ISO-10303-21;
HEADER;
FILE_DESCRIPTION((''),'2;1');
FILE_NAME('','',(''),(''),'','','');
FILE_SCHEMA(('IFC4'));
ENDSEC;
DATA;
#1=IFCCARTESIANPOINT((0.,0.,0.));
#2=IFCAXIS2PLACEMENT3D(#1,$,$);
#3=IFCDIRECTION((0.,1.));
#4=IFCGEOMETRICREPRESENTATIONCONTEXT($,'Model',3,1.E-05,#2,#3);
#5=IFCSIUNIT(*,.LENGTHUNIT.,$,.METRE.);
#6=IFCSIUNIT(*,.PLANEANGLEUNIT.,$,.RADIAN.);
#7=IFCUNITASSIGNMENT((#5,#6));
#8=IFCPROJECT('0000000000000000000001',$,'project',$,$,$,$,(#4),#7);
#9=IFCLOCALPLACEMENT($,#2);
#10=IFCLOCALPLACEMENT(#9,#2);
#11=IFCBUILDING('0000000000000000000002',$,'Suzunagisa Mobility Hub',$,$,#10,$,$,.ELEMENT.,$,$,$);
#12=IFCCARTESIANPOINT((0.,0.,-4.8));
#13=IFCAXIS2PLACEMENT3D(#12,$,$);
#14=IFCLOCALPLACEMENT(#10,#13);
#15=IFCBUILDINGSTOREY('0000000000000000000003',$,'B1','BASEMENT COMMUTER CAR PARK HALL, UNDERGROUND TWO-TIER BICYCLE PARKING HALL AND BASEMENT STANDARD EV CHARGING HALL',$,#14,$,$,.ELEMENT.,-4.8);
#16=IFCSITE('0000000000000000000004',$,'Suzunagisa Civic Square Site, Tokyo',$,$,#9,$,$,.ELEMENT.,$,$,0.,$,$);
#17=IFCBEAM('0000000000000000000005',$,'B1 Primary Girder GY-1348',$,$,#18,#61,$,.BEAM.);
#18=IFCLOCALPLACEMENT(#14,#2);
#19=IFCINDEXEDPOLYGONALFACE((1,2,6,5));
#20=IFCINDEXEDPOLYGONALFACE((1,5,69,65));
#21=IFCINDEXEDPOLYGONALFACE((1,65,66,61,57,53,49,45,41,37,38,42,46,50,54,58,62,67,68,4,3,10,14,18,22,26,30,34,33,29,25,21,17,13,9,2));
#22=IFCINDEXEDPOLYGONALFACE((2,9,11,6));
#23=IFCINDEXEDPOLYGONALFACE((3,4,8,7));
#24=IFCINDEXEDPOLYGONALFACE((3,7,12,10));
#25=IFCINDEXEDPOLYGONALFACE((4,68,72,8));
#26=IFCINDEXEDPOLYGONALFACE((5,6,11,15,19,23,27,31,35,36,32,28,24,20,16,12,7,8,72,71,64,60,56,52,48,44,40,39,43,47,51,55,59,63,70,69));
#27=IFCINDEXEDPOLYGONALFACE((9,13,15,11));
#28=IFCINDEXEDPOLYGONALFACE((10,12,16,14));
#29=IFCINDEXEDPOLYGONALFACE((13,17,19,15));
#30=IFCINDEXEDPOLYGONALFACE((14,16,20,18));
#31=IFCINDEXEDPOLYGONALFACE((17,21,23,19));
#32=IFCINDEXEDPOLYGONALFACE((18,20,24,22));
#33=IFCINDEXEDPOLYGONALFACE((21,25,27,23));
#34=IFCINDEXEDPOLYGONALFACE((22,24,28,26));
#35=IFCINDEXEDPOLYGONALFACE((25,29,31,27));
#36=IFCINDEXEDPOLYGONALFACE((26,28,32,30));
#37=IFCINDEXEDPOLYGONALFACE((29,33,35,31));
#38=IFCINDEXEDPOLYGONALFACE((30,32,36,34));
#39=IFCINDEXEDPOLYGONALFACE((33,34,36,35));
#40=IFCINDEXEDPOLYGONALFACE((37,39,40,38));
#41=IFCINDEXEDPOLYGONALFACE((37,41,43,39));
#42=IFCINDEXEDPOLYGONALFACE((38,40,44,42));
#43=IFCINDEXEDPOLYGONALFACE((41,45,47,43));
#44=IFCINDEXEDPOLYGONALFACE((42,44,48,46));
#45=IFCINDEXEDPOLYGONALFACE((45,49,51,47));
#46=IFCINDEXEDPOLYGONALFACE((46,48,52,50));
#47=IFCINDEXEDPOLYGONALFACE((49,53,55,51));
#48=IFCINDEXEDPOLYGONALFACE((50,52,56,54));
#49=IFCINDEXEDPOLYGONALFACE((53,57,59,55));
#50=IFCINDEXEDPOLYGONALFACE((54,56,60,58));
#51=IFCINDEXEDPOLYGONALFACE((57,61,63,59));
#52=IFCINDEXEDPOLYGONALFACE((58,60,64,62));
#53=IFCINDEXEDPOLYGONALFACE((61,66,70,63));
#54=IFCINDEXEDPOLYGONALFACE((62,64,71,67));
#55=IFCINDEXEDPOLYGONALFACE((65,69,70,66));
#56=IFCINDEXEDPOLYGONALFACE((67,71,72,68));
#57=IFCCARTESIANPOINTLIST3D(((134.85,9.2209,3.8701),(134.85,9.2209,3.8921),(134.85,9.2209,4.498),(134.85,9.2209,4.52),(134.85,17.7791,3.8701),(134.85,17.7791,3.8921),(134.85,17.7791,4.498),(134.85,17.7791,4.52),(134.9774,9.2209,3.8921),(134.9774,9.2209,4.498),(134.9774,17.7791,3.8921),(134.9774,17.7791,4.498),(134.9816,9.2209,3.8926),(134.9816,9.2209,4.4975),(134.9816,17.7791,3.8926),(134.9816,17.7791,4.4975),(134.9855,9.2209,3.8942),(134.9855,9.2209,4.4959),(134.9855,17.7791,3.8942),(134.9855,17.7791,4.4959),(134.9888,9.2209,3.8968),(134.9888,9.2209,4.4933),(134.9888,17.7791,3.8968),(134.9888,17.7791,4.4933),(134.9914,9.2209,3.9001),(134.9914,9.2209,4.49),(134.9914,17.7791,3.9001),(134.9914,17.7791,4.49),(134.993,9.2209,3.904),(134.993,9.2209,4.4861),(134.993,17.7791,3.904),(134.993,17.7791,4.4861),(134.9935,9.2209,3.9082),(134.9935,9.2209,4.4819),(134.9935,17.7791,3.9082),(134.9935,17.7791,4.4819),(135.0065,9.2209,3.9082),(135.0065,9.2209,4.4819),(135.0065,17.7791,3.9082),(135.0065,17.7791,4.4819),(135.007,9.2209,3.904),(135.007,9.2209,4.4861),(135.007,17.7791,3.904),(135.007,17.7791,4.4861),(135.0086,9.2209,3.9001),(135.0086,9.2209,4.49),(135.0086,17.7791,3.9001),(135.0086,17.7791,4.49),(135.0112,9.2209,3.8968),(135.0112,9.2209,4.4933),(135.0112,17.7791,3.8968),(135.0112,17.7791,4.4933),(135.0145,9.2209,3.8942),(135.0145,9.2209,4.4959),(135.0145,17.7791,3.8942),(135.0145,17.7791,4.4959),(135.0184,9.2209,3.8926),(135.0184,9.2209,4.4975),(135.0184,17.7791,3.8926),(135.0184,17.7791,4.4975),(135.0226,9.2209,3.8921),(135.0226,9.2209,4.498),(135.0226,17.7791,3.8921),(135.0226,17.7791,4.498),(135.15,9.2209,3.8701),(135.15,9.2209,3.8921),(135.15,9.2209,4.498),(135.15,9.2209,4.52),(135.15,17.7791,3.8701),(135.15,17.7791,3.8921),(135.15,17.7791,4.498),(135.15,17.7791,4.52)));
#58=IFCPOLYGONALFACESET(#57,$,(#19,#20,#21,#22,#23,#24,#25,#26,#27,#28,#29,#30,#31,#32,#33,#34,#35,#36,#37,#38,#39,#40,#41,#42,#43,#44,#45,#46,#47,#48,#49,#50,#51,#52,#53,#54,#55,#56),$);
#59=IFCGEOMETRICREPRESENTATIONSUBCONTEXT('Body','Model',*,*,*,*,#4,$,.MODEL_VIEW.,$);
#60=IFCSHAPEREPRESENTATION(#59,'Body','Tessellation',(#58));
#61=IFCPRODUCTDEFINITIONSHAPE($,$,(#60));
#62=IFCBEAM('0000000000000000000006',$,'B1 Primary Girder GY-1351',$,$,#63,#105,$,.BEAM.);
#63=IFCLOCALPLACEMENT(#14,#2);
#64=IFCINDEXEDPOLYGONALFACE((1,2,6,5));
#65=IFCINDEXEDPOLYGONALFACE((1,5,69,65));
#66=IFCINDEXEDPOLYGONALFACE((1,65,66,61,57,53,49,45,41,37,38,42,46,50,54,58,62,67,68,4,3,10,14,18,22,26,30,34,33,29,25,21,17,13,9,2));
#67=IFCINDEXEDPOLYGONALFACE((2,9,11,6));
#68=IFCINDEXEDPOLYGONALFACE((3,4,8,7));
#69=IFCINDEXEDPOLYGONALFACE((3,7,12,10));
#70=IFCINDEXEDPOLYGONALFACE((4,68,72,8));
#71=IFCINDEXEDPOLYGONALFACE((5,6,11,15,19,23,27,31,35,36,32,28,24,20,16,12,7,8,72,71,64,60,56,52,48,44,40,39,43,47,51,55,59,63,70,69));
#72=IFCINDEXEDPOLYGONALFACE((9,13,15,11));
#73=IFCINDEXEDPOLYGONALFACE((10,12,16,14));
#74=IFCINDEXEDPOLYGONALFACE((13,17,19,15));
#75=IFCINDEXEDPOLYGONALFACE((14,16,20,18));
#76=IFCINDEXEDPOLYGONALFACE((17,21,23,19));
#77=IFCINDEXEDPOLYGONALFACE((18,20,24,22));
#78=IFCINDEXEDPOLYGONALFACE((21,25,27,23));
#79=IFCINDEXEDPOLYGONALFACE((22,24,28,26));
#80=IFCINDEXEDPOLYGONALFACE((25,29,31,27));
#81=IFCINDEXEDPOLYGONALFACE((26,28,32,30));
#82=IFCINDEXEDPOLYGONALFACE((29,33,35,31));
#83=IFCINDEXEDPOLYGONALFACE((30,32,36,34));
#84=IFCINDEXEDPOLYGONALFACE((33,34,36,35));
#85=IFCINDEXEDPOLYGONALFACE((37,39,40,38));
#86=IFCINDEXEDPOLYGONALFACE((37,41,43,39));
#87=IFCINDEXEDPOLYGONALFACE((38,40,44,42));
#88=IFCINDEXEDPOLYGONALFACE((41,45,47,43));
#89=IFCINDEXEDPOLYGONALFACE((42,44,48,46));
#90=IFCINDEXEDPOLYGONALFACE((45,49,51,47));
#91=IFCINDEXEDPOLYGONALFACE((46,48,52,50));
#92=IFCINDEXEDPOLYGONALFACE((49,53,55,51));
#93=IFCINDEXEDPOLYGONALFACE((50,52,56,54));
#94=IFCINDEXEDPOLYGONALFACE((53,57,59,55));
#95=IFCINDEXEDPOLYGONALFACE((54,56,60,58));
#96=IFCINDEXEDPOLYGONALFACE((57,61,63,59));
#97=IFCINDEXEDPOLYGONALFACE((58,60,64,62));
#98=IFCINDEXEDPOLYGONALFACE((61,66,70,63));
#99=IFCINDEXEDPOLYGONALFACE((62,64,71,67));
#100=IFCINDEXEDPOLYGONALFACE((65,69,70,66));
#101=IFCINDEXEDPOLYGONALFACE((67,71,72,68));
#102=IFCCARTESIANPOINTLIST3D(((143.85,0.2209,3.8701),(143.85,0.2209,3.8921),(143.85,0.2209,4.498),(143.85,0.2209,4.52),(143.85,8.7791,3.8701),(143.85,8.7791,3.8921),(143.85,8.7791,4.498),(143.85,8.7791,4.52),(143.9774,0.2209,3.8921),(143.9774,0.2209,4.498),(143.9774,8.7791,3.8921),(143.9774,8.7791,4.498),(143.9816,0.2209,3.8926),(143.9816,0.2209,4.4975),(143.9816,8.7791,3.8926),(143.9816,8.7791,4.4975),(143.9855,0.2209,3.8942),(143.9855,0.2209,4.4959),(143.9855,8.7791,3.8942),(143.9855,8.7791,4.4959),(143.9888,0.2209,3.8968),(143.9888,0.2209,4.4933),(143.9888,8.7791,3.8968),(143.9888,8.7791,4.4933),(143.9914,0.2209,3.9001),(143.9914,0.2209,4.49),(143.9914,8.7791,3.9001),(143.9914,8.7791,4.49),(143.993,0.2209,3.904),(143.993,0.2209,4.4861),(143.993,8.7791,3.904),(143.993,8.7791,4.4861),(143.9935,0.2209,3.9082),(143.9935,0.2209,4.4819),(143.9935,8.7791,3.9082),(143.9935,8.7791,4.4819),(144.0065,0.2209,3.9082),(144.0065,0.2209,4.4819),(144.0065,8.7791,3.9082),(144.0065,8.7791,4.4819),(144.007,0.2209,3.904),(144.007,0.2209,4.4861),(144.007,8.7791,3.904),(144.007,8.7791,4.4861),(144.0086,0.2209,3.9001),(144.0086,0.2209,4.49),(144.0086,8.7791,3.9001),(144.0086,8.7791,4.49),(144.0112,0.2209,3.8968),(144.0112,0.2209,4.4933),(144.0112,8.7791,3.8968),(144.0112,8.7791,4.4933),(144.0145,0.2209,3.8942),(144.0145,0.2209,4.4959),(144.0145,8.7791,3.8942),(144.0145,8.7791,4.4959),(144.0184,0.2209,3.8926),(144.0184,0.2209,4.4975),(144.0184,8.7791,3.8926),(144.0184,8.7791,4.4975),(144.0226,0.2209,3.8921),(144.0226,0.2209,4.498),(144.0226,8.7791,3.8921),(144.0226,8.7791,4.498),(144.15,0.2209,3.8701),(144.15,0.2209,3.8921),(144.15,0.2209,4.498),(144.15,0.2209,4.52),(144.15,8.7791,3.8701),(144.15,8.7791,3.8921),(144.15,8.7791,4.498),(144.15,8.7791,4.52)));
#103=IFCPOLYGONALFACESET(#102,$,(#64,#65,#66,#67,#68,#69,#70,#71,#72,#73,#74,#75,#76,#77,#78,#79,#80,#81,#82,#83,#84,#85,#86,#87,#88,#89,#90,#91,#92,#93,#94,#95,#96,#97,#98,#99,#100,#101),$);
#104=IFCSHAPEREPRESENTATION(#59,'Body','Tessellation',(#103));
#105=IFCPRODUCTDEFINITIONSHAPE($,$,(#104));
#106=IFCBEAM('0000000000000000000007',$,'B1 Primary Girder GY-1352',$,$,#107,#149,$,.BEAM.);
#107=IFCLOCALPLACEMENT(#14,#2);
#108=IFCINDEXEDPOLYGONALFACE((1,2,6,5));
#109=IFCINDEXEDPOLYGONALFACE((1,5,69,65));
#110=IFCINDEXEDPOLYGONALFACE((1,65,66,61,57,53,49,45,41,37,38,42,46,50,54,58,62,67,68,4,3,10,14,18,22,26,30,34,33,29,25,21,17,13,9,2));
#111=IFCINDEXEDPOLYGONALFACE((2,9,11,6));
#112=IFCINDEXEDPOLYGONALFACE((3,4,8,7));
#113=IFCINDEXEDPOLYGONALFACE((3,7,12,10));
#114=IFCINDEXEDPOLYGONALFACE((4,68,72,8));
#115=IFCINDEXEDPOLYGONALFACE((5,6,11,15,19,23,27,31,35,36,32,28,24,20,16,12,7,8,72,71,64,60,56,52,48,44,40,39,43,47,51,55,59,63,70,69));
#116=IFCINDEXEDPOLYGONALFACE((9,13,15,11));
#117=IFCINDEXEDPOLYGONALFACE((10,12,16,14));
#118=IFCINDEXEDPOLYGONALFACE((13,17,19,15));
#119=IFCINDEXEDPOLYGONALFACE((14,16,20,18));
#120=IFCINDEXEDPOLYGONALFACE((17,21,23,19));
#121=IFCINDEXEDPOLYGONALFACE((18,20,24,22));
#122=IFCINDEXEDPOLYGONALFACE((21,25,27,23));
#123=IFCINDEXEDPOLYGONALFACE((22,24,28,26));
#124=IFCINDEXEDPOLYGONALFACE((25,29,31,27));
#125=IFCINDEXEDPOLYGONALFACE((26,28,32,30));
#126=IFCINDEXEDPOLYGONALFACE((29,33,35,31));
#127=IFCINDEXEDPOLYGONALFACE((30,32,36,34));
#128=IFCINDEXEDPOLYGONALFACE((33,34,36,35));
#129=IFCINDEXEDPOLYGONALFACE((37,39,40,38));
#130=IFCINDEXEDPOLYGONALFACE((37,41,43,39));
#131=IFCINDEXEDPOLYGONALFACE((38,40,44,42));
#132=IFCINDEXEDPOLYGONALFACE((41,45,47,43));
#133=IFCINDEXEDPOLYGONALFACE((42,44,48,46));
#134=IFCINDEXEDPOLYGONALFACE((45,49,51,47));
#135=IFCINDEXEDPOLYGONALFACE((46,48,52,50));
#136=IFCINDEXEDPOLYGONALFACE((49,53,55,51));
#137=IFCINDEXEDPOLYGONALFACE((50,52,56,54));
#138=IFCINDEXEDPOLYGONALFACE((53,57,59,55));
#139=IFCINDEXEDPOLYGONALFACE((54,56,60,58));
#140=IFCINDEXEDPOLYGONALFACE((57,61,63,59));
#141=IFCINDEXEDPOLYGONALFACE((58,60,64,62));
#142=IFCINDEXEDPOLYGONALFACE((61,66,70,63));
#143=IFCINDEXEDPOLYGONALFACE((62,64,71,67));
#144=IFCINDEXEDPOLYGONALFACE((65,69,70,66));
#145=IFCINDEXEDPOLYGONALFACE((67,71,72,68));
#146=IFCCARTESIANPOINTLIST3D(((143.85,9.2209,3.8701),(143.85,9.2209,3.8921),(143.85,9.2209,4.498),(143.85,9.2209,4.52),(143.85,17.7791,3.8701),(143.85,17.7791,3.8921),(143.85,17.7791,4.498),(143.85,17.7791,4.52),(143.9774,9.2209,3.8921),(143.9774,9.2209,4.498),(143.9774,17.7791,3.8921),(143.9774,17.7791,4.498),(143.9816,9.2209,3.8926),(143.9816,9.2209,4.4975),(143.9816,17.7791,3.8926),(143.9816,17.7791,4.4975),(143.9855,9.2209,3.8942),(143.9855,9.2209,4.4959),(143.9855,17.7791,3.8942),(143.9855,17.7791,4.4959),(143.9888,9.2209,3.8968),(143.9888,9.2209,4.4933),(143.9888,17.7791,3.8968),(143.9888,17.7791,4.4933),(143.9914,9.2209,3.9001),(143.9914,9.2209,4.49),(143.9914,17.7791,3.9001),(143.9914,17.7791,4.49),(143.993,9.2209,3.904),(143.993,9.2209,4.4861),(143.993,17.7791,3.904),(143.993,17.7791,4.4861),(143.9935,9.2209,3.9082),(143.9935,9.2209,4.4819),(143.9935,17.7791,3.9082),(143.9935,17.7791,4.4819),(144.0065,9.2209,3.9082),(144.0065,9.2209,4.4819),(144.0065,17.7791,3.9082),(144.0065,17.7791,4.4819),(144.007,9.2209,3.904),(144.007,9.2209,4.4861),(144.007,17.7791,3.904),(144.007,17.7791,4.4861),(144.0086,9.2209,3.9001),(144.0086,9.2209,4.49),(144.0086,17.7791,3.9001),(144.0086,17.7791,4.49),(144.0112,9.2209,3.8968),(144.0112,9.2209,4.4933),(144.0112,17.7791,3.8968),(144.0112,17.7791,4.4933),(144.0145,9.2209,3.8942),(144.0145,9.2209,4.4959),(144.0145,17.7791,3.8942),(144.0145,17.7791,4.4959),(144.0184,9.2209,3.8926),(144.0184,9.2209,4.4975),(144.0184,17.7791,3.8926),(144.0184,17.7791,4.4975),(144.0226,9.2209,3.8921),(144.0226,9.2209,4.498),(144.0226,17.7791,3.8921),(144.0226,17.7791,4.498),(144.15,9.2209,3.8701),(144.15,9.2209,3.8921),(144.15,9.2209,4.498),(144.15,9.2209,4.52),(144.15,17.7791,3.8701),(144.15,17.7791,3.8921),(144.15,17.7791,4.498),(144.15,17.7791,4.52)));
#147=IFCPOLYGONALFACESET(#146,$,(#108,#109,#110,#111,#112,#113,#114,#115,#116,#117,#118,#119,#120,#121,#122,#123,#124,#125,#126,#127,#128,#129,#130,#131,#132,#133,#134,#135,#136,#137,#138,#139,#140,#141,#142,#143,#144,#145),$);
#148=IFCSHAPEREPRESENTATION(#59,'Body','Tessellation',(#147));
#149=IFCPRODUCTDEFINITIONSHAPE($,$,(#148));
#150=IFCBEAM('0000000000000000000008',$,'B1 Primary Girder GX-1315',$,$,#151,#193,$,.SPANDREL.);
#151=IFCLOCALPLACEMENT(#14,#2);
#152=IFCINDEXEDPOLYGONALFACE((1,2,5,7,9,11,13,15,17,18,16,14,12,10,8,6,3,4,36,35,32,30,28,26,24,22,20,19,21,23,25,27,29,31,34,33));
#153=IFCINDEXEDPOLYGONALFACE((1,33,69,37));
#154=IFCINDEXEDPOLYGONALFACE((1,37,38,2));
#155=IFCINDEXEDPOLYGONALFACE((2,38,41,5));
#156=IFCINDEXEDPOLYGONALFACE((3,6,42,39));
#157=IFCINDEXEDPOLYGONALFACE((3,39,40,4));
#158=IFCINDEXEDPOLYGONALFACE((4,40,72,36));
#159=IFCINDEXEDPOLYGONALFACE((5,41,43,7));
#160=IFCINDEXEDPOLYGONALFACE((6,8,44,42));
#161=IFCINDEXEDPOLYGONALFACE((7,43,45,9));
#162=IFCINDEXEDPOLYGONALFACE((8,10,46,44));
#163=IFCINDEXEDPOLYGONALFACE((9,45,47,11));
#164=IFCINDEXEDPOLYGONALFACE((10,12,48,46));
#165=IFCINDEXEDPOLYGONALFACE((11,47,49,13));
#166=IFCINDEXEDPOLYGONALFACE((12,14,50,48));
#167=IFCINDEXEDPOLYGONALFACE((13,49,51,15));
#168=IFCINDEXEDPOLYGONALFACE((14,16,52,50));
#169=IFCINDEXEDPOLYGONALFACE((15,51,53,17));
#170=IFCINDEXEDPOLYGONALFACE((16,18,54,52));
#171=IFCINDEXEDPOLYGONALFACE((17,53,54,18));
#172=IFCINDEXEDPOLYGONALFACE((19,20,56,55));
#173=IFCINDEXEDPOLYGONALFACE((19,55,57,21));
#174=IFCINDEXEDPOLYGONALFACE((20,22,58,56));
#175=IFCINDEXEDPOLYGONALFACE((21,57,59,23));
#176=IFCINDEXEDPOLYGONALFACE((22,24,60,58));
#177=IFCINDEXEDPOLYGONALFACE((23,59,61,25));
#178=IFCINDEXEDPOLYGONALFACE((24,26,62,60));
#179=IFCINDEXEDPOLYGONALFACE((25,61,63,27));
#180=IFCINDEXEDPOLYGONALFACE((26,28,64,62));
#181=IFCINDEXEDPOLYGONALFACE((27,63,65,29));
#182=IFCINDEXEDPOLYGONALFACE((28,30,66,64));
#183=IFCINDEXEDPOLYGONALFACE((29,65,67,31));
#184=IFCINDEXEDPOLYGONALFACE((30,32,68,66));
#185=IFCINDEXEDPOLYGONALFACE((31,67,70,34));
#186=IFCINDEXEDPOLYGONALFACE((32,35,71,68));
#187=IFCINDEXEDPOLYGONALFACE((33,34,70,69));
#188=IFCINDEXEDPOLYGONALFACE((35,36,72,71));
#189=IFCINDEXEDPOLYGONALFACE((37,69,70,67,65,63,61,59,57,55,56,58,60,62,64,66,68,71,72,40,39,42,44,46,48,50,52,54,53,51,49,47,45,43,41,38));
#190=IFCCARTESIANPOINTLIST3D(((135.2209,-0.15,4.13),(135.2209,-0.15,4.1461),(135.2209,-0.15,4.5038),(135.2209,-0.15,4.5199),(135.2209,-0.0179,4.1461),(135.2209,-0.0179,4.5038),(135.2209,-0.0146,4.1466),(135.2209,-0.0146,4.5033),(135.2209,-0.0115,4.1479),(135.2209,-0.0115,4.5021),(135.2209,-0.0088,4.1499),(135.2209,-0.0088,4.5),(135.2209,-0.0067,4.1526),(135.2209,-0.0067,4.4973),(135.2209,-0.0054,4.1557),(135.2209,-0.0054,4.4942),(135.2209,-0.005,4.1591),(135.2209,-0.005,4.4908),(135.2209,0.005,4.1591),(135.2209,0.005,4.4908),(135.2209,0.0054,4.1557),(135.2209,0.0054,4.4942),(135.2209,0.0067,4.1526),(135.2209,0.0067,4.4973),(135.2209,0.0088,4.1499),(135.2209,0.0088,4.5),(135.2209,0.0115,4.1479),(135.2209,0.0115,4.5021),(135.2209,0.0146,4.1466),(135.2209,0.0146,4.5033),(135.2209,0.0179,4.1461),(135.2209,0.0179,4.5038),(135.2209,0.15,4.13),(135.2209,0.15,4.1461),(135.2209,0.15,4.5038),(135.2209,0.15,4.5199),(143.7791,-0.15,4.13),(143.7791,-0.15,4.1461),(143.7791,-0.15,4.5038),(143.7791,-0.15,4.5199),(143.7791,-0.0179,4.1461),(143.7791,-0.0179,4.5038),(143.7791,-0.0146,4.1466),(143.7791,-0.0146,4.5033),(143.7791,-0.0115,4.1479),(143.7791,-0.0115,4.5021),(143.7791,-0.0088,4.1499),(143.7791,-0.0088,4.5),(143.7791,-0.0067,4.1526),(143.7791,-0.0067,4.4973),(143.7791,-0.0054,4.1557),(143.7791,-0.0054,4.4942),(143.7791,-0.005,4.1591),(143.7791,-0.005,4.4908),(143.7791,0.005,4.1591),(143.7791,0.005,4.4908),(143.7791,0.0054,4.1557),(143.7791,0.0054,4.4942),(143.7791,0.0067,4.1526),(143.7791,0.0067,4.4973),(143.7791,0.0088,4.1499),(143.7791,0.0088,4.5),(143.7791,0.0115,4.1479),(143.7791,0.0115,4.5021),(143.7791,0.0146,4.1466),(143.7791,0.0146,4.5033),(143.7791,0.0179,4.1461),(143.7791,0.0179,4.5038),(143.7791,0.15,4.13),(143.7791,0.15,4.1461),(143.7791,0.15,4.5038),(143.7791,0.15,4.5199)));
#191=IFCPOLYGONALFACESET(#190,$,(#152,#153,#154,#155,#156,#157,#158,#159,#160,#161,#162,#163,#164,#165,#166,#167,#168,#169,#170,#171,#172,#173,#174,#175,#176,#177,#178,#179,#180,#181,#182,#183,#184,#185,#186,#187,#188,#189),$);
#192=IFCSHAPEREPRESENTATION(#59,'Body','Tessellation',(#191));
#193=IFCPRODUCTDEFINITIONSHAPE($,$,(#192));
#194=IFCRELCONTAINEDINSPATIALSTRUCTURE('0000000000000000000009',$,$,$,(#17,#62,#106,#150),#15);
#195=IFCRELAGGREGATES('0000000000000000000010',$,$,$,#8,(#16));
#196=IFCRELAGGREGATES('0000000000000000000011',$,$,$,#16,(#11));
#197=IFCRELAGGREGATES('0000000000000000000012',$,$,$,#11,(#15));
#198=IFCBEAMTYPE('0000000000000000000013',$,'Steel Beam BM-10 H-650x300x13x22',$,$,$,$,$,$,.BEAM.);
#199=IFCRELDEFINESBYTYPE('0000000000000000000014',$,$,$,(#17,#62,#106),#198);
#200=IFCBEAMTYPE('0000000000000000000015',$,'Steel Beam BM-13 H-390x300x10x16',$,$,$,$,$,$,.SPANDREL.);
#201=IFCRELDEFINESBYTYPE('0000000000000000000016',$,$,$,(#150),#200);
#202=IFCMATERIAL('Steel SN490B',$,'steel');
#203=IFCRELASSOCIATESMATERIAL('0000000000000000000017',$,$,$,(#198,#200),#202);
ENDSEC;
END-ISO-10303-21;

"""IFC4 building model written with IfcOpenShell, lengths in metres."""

from ifc_helpers import new_model, si_unit, direction, frame, origin, origin_2d, place, context, subcontext, project, spatial, i_section, extrude, material, material_profile, profile_set, type_object, element, save


model = new_model("IFC4")

# Units and contexts
model_context = context("Model", 3, precision=1e-05, world=origin(), true_north=direction((0.0, 1.0)))
body_context = subcontext(model_context, "Body", "Model", "MODEL_VIEW")
ifc_project = project(units=[si_unit("LENGTHUNIT", "METRE"), si_unit("PLANEANGLEUNIT", "RADIAN")], contexts=[model_context])

# Site, building, storey
site_placement = place(None, origin())
site = spatial("IfcSite", under=ifc_project, at=site_placement, Name="Suzunagisa Civic Square Site, Tokyo", CompositionType="ELEMENT", RefElevation=0.0)
building_placement = place(site_placement, origin())
building = spatial("IfcBuilding", under=site, at=building_placement, Name="Suzunagisa Mobility Hub", CompositionType="ELEMENT")
storey_placement = place(building_placement, frame((0.0, 0.0, -4.8)))
storey = spatial("IfcBuildingStorey", under=building, at=storey_placement, Name="B1", Description="BASEMENT COMMUTER CAR PARK HALL, UNDERGROUND TWO-TIER BICYCLE PARKING HALL AND BASEMENT STANDARD EV CHARGING HALL", CompositionType="ELEMENT", Elevation=-4.8)

# Shared definitions
ifc_material_1 = material(Name="Steel SN490B", Category="steel")

# Beams
ifc_material_profile_1 = material_profile(ifc_material_1, i_section(OverallWidth=0.3, OverallDepth=0.6499, WebThickness=0.0129, FlangeThickness=0.022, FilletRadius=0.0161, at=origin_2d()), Name="H-650x300x13x22")
ifc_profile_set_1 = profile_set([ifc_material_profile_1], Name="Steel SN490B")
beam_type_1 = type_object("IfcBeamType", Name="Steel Beam BM-10 H-650x300x13x22", PredefinedType="BEAM", material=ifc_profile_set_1)
for number, where, z_axis, x_axis, name in (
    (1, (135.0, 9.2209, 4.1951), (0.0, 1.0, 0.0), (-1.0, 0.0, 0.0), "B1 Primary Girder GY-1348"),
    (2, (144.0, 0.2209, 4.1951), (0.0, 1.0, 0.0), (-1.0, 0.0, 0.0), "B1 Primary Girder GY-1351"),
    (3, (144.0, 9.2209, 4.1951), (0.0, 1.0, 0.0), (-1.0, 0.0, 0.0), "B1 Primary Girder GY-1352"),
):
    element("IfcBeam", number, at=place(storey_placement, frame(where, z_axis=z_axis, x_axis=x_axis)), inside=storey, type_object=beam_type_1, Name=name, PredefinedType="BEAM", context=body_context, shape_type="SweptSolid", body=[
        extrude(i_section(OverallWidth=0.3, OverallDepth=0.6499, WebThickness=0.0129, FlangeThickness=0.022, FilletRadius=0.0161, at=origin_2d()), origin(), (0.0, 0.0, 1.0), 8.5581),
    ])
ifc_material_profile_2 = material_profile(ifc_material_1, i_section(OverallWidth=0.3, OverallDepth=0.3899, WebThickness=0.01, FlangeThickness=0.0161, FilletRadius=0.0129, at=origin_2d()), Name="H-390x300x10x16")
ifc_profile_set_2 = profile_set([ifc_material_profile_2], Name="Steel SN490B")
beam_type_2 = type_object("IfcBeamType", Name="Steel Beam BM-13 H-390x300x10x16", PredefinedType="SPANDREL", material=ifc_profile_set_2)
beam_1_placement = place(storey_placement, frame((135.2209, 0.0, 4.325), z_axis=(1.0, 0.0, 0.0), x_axis=(0.0, 1.0, 0.0)))
element("IfcBeam", 4, at=beam_1_placement, inside=storey, type_object=beam_type_2, Name="B1 Primary Girder GX-1315", PredefinedType="SPANDREL", context=body_context, shape_type="SweptSolid", body=[
    extrude(i_section(OverallWidth=0.3, OverallDepth=0.3899, WebThickness=0.01, FlangeThickness=0.0161, FilletRadius=0.0129, at=origin_2d()), origin(), (0.0, 0.0, 1.0), 8.5581),
])

save(model, "model.ifc")
